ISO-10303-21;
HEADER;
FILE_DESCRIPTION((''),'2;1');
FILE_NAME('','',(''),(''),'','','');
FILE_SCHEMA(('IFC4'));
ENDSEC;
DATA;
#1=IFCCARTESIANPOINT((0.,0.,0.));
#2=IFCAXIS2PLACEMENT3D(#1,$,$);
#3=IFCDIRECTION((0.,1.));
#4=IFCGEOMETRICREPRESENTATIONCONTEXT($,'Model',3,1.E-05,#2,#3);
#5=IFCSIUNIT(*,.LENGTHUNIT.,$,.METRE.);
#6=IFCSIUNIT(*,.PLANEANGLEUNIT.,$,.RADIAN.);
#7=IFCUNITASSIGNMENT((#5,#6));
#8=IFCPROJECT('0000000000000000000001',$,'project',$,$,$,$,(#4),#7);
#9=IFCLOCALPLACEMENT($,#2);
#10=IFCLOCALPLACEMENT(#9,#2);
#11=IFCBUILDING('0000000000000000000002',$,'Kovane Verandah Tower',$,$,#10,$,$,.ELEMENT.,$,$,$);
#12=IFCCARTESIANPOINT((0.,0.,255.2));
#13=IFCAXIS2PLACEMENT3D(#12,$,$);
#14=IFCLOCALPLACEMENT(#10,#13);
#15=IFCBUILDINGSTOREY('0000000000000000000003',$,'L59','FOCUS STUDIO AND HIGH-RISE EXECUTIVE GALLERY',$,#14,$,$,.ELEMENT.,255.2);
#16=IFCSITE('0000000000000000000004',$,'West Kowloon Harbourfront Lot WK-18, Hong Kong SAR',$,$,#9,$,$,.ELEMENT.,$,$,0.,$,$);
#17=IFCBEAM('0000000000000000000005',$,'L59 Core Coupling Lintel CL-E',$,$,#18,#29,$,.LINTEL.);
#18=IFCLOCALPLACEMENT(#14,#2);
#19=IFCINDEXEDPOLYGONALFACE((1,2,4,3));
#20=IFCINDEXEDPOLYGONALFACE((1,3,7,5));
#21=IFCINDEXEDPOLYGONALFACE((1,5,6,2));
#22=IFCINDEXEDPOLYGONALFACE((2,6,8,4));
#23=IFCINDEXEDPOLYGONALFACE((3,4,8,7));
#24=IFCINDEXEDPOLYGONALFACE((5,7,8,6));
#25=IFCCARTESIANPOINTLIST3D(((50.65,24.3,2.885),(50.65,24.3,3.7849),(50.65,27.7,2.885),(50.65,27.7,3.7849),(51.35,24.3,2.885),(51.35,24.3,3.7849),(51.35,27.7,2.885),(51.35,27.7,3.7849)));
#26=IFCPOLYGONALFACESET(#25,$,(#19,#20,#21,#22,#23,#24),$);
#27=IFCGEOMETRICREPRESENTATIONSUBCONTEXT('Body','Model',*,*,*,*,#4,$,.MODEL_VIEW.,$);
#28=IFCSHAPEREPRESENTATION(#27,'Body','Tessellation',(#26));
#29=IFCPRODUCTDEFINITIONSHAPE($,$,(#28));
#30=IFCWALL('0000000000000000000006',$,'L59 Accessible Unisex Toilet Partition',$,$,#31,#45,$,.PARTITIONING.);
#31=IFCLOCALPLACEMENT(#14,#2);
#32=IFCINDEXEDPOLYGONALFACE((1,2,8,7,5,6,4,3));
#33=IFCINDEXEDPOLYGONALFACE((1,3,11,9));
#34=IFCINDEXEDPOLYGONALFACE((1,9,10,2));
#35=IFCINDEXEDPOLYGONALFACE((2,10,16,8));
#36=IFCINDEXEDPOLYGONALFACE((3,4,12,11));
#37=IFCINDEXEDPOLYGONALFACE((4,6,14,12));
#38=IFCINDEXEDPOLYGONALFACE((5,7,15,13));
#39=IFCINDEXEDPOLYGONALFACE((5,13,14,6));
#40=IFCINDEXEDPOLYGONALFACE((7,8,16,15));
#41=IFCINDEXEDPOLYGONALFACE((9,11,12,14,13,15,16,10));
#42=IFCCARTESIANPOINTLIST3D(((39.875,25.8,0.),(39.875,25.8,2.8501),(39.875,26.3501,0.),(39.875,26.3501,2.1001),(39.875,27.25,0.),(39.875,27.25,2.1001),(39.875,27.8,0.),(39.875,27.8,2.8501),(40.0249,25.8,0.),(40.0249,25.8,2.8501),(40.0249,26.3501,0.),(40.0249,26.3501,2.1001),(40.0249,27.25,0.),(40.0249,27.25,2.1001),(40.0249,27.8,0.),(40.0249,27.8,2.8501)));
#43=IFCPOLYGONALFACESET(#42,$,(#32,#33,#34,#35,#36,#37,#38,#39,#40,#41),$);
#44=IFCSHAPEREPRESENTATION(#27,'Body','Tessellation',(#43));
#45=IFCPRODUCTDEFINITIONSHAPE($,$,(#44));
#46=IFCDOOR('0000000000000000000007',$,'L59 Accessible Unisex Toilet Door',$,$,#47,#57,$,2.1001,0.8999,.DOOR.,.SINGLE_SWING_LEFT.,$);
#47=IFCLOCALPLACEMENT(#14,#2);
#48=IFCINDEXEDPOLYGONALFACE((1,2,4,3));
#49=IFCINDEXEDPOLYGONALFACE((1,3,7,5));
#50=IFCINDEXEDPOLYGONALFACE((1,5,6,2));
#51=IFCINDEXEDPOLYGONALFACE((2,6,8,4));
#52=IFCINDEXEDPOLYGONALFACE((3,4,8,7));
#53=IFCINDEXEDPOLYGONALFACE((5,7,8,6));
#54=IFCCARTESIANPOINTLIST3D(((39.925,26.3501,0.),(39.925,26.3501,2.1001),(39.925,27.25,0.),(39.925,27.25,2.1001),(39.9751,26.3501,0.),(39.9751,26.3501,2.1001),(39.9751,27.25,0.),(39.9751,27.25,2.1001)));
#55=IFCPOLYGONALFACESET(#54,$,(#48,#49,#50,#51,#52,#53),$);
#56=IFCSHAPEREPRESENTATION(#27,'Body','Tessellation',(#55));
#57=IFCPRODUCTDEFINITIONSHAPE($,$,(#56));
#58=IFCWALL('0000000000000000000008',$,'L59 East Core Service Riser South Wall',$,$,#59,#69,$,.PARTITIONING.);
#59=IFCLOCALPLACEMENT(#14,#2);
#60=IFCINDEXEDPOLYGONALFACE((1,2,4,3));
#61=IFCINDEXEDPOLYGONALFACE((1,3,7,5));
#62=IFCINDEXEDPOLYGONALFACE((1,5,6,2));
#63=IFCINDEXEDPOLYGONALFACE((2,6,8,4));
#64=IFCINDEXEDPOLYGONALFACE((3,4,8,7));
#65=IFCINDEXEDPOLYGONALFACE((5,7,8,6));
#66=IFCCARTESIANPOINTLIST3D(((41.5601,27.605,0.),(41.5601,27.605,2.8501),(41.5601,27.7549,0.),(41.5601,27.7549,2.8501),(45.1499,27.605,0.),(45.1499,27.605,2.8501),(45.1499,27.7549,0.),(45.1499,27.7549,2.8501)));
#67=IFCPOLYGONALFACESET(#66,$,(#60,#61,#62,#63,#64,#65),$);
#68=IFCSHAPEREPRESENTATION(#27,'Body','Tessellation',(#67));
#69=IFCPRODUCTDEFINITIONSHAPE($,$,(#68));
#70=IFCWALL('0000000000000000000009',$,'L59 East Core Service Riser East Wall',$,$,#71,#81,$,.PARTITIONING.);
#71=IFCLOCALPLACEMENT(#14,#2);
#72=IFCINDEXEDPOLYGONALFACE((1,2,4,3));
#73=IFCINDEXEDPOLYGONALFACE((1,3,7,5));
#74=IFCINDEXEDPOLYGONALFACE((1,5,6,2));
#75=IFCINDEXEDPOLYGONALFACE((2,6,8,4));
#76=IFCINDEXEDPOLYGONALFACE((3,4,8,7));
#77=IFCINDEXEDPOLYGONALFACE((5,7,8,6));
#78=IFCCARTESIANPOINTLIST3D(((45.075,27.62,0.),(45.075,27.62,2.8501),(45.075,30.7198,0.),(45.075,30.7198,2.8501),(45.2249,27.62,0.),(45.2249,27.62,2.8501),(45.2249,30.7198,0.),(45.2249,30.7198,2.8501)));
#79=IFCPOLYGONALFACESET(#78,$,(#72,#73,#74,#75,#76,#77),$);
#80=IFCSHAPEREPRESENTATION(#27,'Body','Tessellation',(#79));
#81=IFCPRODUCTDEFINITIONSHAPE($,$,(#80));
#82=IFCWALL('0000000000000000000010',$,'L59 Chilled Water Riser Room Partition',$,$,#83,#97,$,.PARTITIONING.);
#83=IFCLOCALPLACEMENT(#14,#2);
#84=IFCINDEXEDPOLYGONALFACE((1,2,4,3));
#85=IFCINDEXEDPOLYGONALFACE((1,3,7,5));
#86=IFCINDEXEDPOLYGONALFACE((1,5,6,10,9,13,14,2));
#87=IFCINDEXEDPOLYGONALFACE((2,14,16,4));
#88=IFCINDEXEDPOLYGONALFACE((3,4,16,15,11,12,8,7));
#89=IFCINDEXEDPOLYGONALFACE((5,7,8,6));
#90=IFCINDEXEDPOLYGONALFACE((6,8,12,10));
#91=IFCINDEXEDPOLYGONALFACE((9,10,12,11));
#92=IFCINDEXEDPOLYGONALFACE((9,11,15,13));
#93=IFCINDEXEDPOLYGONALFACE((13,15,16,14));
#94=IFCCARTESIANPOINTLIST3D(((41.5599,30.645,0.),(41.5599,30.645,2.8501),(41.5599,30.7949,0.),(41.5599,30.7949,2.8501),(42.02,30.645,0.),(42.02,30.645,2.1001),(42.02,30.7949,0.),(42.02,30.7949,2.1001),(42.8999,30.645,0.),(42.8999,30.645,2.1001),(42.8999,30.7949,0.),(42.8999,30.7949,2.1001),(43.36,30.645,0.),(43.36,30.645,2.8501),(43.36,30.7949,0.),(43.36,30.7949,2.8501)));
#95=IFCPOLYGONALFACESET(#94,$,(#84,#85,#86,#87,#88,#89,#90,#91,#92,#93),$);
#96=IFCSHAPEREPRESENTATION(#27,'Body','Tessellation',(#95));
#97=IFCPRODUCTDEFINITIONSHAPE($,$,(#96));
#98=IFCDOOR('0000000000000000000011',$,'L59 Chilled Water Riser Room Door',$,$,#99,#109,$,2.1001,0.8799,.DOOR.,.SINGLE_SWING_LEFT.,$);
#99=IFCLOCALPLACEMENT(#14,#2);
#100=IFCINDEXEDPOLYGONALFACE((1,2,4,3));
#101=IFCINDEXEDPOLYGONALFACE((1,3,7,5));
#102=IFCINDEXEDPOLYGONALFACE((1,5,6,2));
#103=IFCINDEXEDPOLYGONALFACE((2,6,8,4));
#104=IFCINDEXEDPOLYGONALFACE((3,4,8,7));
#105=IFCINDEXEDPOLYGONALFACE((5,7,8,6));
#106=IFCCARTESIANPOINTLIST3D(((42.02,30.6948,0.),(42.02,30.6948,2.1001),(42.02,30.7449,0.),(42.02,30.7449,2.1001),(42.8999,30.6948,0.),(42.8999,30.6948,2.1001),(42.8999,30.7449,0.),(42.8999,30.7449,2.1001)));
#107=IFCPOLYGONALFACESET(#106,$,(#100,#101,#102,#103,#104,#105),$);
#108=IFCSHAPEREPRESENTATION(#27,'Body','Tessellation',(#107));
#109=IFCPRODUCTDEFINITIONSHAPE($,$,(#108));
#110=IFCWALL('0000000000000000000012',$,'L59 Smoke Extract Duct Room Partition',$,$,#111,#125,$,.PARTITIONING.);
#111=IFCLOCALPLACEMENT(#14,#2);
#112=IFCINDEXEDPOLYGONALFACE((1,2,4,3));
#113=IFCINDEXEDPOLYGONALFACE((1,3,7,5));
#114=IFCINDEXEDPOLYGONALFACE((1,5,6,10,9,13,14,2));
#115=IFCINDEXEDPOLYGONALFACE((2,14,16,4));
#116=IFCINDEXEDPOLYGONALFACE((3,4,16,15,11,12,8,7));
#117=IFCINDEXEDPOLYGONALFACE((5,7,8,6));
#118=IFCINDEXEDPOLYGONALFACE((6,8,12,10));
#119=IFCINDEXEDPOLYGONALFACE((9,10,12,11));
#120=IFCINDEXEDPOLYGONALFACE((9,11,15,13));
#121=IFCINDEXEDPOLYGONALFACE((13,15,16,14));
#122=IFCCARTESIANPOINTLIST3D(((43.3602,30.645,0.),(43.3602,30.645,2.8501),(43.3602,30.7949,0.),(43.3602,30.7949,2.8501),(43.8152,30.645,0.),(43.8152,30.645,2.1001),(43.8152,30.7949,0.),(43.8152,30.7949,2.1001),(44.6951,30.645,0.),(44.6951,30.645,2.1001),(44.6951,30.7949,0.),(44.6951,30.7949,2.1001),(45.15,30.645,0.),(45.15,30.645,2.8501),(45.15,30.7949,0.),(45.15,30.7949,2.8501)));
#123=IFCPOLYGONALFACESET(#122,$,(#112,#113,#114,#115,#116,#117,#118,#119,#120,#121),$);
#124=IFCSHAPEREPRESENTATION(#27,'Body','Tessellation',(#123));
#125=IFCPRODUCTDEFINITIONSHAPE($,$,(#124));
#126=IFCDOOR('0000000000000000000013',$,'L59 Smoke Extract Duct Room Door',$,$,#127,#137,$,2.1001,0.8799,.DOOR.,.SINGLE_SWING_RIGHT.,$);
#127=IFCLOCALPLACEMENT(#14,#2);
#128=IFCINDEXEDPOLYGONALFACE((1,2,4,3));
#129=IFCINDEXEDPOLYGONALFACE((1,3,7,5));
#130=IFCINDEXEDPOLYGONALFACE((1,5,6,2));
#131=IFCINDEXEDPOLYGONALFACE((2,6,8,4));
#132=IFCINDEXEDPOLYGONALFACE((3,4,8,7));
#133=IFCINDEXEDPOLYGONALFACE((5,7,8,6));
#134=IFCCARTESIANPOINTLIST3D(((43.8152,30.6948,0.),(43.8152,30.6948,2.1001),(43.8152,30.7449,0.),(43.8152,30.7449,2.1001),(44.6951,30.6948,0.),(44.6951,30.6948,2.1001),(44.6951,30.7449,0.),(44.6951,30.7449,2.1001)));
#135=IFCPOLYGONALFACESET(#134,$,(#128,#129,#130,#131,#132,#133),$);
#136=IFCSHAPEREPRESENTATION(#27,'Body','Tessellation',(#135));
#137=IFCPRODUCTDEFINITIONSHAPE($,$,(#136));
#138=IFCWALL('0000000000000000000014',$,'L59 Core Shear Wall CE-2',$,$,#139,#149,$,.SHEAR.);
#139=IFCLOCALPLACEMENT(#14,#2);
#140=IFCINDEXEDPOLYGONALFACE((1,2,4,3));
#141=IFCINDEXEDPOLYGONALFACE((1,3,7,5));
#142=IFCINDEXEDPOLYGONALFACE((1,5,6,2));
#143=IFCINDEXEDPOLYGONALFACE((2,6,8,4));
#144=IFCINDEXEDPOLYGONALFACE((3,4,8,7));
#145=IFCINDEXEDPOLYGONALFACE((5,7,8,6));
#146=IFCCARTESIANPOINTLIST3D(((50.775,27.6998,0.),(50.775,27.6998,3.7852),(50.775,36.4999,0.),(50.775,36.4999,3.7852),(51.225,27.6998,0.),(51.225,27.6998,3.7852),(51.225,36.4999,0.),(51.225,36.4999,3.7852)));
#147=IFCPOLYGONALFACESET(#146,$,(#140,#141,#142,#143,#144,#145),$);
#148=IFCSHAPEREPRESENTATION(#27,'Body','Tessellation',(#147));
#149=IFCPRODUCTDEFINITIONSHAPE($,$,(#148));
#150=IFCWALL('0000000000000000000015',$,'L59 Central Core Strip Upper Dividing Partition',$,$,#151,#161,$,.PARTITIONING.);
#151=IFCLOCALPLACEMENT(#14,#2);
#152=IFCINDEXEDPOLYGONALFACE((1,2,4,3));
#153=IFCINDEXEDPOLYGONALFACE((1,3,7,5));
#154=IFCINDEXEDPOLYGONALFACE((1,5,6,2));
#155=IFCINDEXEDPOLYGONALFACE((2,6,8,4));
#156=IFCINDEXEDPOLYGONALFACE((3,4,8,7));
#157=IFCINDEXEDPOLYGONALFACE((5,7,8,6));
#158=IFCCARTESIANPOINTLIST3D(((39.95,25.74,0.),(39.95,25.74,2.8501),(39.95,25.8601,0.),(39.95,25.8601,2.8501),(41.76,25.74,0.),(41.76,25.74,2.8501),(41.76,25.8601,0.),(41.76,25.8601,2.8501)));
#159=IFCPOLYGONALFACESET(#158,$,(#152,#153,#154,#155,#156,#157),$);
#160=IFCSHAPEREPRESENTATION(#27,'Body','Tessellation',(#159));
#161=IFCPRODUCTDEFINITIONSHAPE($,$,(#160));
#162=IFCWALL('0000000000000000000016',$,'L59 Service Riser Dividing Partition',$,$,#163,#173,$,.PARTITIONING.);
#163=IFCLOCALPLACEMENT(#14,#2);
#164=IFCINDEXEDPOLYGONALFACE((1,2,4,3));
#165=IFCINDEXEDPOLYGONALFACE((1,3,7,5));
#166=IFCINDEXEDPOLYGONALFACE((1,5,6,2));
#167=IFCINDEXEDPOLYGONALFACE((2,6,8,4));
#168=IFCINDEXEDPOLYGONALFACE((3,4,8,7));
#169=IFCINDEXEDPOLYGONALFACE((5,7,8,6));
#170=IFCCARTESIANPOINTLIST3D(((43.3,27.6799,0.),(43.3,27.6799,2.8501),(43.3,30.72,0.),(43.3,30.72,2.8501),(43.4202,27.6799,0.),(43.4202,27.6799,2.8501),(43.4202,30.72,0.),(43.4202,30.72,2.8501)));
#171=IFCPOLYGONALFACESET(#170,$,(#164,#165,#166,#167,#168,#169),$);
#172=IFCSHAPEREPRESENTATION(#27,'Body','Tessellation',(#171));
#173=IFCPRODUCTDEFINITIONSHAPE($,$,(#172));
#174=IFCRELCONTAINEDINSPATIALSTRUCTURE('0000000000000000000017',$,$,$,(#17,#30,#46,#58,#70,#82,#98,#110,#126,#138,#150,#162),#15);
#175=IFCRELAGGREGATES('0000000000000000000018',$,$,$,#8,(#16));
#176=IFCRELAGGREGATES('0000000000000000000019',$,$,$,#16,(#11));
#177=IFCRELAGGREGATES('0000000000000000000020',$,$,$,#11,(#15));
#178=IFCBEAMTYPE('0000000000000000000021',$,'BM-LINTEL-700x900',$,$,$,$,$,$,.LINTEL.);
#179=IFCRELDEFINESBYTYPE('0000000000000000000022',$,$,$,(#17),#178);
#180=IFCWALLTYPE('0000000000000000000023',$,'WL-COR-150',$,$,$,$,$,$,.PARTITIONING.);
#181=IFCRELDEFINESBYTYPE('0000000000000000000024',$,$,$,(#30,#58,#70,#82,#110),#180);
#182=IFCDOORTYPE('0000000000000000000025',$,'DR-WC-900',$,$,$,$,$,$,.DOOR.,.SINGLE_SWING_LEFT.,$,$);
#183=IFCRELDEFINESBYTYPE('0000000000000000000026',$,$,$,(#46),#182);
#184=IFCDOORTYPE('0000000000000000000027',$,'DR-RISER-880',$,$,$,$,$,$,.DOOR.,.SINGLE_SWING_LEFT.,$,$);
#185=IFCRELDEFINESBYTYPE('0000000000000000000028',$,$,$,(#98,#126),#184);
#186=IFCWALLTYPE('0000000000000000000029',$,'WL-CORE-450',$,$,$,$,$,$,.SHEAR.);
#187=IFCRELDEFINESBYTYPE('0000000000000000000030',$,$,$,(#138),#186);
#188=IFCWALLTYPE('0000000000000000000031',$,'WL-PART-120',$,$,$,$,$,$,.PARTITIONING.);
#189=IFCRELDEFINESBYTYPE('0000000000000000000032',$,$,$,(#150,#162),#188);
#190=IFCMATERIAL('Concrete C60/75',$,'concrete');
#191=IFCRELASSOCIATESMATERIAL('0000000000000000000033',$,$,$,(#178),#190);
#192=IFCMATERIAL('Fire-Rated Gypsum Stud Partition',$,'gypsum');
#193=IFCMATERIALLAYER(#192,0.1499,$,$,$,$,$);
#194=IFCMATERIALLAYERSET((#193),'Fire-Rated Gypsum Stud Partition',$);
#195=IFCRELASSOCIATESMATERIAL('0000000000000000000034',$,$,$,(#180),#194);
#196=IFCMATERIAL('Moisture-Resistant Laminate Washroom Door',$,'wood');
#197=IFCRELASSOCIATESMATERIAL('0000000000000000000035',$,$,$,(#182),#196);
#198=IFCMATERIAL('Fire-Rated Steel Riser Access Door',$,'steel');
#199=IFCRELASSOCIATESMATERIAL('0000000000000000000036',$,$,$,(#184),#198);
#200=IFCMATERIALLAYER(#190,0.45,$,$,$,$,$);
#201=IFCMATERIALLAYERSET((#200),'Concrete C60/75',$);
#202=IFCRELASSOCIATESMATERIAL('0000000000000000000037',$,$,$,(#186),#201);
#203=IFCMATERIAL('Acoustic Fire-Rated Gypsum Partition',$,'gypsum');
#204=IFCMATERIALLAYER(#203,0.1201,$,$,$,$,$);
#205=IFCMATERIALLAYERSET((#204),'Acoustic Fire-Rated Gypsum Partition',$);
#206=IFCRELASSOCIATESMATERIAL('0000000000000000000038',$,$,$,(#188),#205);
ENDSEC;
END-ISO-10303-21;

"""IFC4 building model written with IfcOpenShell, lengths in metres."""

from ifc_helpers import new_model, si_unit, direction, frame, frame_2d, origin, origin_2d, place, context, subcontext, project, spatial, rectangle, extrude, material, layer, layer_set, material_profile, profile_set, type_object, element, fill, save


model = new_model("IFC4")

# Units and contexts
model_context = context("Model", 3, precision=1e-05, world=origin(), true_north=direction((0.0, 1.0)))
body_context = subcontext(model_context, "Body", "Model", "MODEL_VIEW")
ifc_project = project(units=[si_unit("LENGTHUNIT", "METRE"), si_unit("PLANEANGLEUNIT", "RADIAN")], contexts=[model_context])

# Site, building, storey
site_placement = place(None, origin())
site = spatial("IfcSite", under=ifc_project, at=site_placement, Name="West Kowloon Harbourfront Lot WK-18, Hong Kong SAR", CompositionType="ELEMENT", RefElevation=0.0)
building_placement = place(site_placement, origin())
building = spatial("IfcBuilding", under=site, at=building_placement, Name="Kovane Verandah Tower", CompositionType="ELEMENT")
storey_placement = place(building_placement, frame((0.0, 0.0, 255.2)))
storey = spatial("IfcBuildingStorey", under=building, at=storey_placement, Name="L59", Description="FOCUS STUDIO AND HIGH-RISE EXECUTIVE GALLERY", CompositionType="ELEMENT", Elevation=255.2)

# Beam
ifc_material_1 = material(Name="Concrete C60/75", Category="concrete")
ifc_material_profile = material_profile(ifc_material_1, rectangle(XDim=0.7, YDim=0.8999, at=origin_2d()), Name="RCB700x900")
ifc_profile_set = profile_set([ifc_material_profile], Name="Concrete C60/75")
beam_type = type_object("IfcBeamType", Name="BM-LINTEL-700x900", PredefinedType="LINTEL", material=ifc_profile_set)
beam_placement = place(storey_placement, frame((51.0, 24.3, 3.335), z_axis=(0.0, 1.0, 0.0), x_axis=(-1.0, 0.0, 0.0)))
element("IfcBeam", 1, at=beam_placement, inside=storey, type_object=beam_type, Name="L59 Core Coupling Lintel CL-E", PredefinedType="LINTEL", context=body_context, shape_type="SweptSolid", body=[
    extrude(rectangle(XDim=0.7, YDim=0.8999, at=origin_2d()), origin(), (0.0, 0.0, 1.0), 3.3999),
])

# Wall, opening, door
ifc_material_2 = material(Name="Fire-Rated Gypsum Stud Partition", Category="gypsum")
ifc_layer_1 = layer(ifc_material_2, 0.1499)
ifc_layer_set_1 = layer_set([ifc_layer_1], Name="Fire-Rated Gypsum Stud Partition")
wall_type_1 = type_object("IfcWallType", Name="WL-COR-150", PredefinedType="PARTITIONING", material=ifc_layer_set_1)
wall_1_placement = place(storey_placement, frame((39.95, 25.8, 0.0), z_axis=(0.0, 0.0, 1.0), x_axis=(0.0, 1.0, 0.0)))
wall_1 = element("IfcWall", 2, at=wall_1_placement, inside=storey, type_object=wall_type_1, Name="L59 Accessible Unisex Toilet Partition", PredefinedType="PARTITIONING", context=body_context, shape_type="SweptSolid", body=[
    extrude(rectangle(XDim=2.0, YDim=0.1499, at=frame_2d((1.0, 0.0))), origin(), (0.0, 0.0, 1.0), 2.8501),
])
opening_1_placement = place(wall_1_placement, frame((0.55, 0.0, 0.0)))
opening_1 = element("IfcOpeningElement", 3, at=opening_1_placement, cuts=wall_1, PredefinedType="OPENING", context=body_context, shape_type="SweptSolid", body=[
    extrude(rectangle(XDim=0.8999, YDim=2.1001, at=frame_2d((0.45, 1.05))), frame((0.0, 0.075, 0.0), z_axis=(0.0, -1.0, 0.0), x_axis=(1.0, 0.0, 0.0)), (0.0, 0.0, 1.0), 0.1499),
])
ifc_material_3 = material(Name="Moisture-Resistant Laminate Washroom Door", Category="wood")
door_type_1 = type_object("IfcDoorType", Name="DR-WC-900", OperationType="SINGLE_SWING_LEFT", PredefinedType="DOOR", material=ifc_material_3)
door_1_placement = place(opening_1_placement, origin())
door_1 = element("IfcDoor", 4, at=door_1_placement, inside=storey, type_object=door_type_1, Name="L59 Accessible Unisex Toilet Door", OperationType="SINGLE_SWING_LEFT", OverallHeight=2.1001, OverallWidth=0.8999, PredefinedType="DOOR", context=body_context, shape_type="SweptSolid", body=[
    extrude(rectangle(XDim=0.8999, YDim=2.1001, at=frame_2d((0.45, 1.05))), frame((0.0, 0.0249, 0.0), z_axis=(0.0, -1.0, 0.0), x_axis=(1.0, 0.0, 0.0)), (0.0, 0.0, 1.0), 0.05),
])
fill(opening_1, door_1)

# Walls
wall_2_placement = place(storey_placement, frame((41.5601, 27.6799, 0.0), z_axis=(0.0, 0.0, 1.0), x_axis=(1.0, 0.0, 0.0)))
element("IfcWall", 5, at=wall_2_placement, inside=storey, type_object=wall_type_1, Name="L59 East Core Service Riser South Wall", PredefinedType="PARTITIONING", context=body_context, shape_type="SweptSolid", body=[
    extrude(rectangle(XDim=3.5898, YDim=0.1499, at=frame_2d((1.7949, 0.0))), origin(), (0.0, 0.0, 1.0), 2.8501),
])
wall_3_placement = place(storey_placement, frame((45.1499, 27.6201, 0.0), z_axis=(0.0, 0.0, 1.0), x_axis=(0.0, 1.0, 0.0)))
element("IfcWall", 6, at=wall_3_placement, inside=storey, type_object=wall_type_1, Name="L59 East Core Service Riser East Wall", PredefinedType="PARTITIONING", context=body_context, shape_type="SweptSolid", body=[
    extrude(rectangle(XDim=3.0999, YDim=0.1499, at=frame_2d((1.5498, 0.0))), origin(), (0.0, 0.0, 1.0), 2.8501),
])

# Walls, openings, doors
wall_4_placement = place(storey_placement, frame((41.5601, 30.72, 0.0), z_axis=(0.0, 0.0, 1.0), x_axis=(1.0, 0.0, 0.0)))
wall_4 = element("IfcWall", 7, at=wall_4_placement, inside=storey, type_object=wall_type_1, Name="L59 Chilled Water Riser Room Partition", PredefinedType="PARTITIONING", context=body_context, shape_type="SweptSolid", body=[
    extrude(rectangle(XDim=1.8, YDim=0.1499, at=frame_2d((0.8999, 0.0))), origin(), (0.0, 0.0, 1.0), 2.8501),
])
opening_2_placement = place(wall_4_placement, frame((0.46, 0.0, 0.0)))
opening_2 = element("IfcOpeningElement", 8, at=opening_2_placement, cuts=wall_4, PredefinedType="OPENING", context=body_context, shape_type="SweptSolid", body=[
    extrude(rectangle(XDim=0.8799, YDim=2.1001, at=frame_2d((0.4399, 1.05))), frame((0.0, 0.075, 0.0), z_axis=(0.0, -1.0, 0.0), x_axis=(1.0, 0.0, 0.0)), (0.0, 0.0, 1.0), 0.1499),
])
ifc_material_4 = material(Name="Fire-Rated Steel Riser Access Door", Category="steel")
door_type_2 = type_object("IfcDoorType", Name="DR-RISER-880", OperationType="SINGLE_SWING_LEFT", PredefinedType="DOOR", material=ifc_material_4)
door_2_placement = place(opening_2_placement, origin())
door_2 = element("IfcDoor", 9, at=door_2_placement, inside=storey, type_object=door_type_2, Name="L59 Chilled Water Riser Room Door", OperationType="SINGLE_SWING_LEFT", OverallHeight=2.1001, OverallWidth=0.8799, PredefinedType="DOOR", context=body_context, shape_type="SweptSolid", body=[
    extrude(rectangle(XDim=0.8799, YDim=2.1001, at=frame_2d((0.4399, 1.05))), frame((0.0, 0.0249, 0.0), z_axis=(0.0, -1.0, 0.0), x_axis=(1.0, 0.0, 0.0)), (0.0, 0.0, 1.0), 0.05),
])
fill(opening_2, door_2)
wall_5_placement = place(storey_placement, frame((43.3601, 30.72, 0.0), z_axis=(0.0, 0.0, 1.0), x_axis=(1.0, 0.0, 0.0)))
wall_5 = element("IfcWall", 10, at=wall_5_placement, inside=storey, type_object=wall_type_1, Name="L59 Smoke Extract Duct Room Partition", PredefinedType="PARTITIONING", context=body_context, shape_type="SweptSolid", body=[
    extrude(rectangle(XDim=1.7898, YDim=0.1499, at=frame_2d((0.895, 0.0))), origin(), (0.0, 0.0, 1.0), 2.8501),
])
opening_3_placement = place(wall_5_placement, frame((0.4551, 0.0, 0.0)))
opening_3 = element("IfcOpeningElement", 11, at=opening_3_placement, cuts=wall_5, PredefinedType="OPENING", context=body_context, shape_type="SweptSolid", body=[
    extrude(rectangle(XDim=0.8799, YDim=2.1001, at=frame_2d((0.4399, 1.05))), frame((0.0, 0.075, 0.0), z_axis=(0.0, -1.0, 0.0), x_axis=(1.0, 0.0, 0.0)), (0.0, 0.0, 1.0), 0.1499),
])
door_3_placement = place(opening_3_placement, origin())
door_3 = element("IfcDoor", 12, at=door_3_placement, inside=storey, type_object=door_type_2, Name="L59 Smoke Extract Duct Room Door", OperationType="SINGLE_SWING_RIGHT", OverallHeight=2.1001, OverallWidth=0.8799, PredefinedType="DOOR", context=body_context, shape_type="SweptSolid", body=[
    extrude(rectangle(XDim=0.8799, YDim=2.1001, at=frame_2d((0.4399, 1.05))), frame((0.0, 0.0249, 0.0), z_axis=(0.0, -1.0, 0.0), x_axis=(1.0, 0.0, 0.0)), (0.0, 0.0, 1.0), 0.05),
])
fill(opening_3, door_3)

# Wall
ifc_layer_2 = layer(ifc_material_1, 0.45)
ifc_layer_set_2 = layer_set([ifc_layer_2], Name="Concrete C60/75")
wall_type_2 = type_object("IfcWallType", Name="WL-CORE-450", PredefinedType="SHEAR", material=ifc_layer_set_2)
wall_6_placement = place(storey_placement, frame((51.0, 27.7, 0.0), z_axis=(0.0, 0.0, 1.0), x_axis=(0.0, 1.0, 0.0)))
element("IfcWall", 13, at=wall_6_placement, inside=storey, type_object=wall_type_2, Name="L59 Core Shear Wall CE-2", PredefinedType="SHEAR", context=body_context, shape_type="SweptSolid", body=[
    extrude(rectangle(XDim=8.8, YDim=0.45, at=frame_2d((4.3999, 0.0))), origin(), (0.0, 0.0, 1.0), 3.7852),
])

# Walls
ifc_material_5 = material(Name="Acoustic Fire-Rated Gypsum Partition", Category="gypsum")
ifc_layer_3 = layer(ifc_material_5, 0.1201)
ifc_layer_set_3 = layer_set([ifc_layer_3], Name="Acoustic Fire-Rated Gypsum Partition")
wall_type_3 = type_object("IfcWallType", Name="WL-PART-120", PredefinedType="PARTITIONING", material=ifc_layer_set_3)
wall_7_placement = place(storey_placement, frame((39.95, 25.8, 0.0), z_axis=(0.0, 0.0, 1.0), x_axis=(1.0, 0.0, 0.0)))
element("IfcWall", 14, at=wall_7_placement, inside=storey, type_object=wall_type_3, Name="L59 Central Core Strip Upper Dividing Partition", PredefinedType="PARTITIONING", context=body_context, shape_type="SweptSolid", body=[
    extrude(rectangle(XDim=1.8101, YDim=0.1201, at=frame_2d((0.905, 0.0))), origin(), (0.0, 0.0, 1.0), 2.8501),
])
wall_8_placement = place(storey_placement, frame((43.3601, 27.6799, 0.0), z_axis=(0.0, 0.0, 1.0), x_axis=(0.0, 1.0, 0.0)))
element("IfcWall", 15, at=wall_8_placement, inside=storey, type_object=wall_type_3, Name="L59 Service Riser Dividing Partition", PredefinedType="PARTITIONING", context=body_context, shape_type="SweptSolid", body=[
    extrude(rectangle(XDim=3.04, YDim=0.1201, at=frame_2d((1.52, 0.0))), origin(), (0.0, 0.0, 1.0), 2.8501),
])

save(model, "model.ifc")
